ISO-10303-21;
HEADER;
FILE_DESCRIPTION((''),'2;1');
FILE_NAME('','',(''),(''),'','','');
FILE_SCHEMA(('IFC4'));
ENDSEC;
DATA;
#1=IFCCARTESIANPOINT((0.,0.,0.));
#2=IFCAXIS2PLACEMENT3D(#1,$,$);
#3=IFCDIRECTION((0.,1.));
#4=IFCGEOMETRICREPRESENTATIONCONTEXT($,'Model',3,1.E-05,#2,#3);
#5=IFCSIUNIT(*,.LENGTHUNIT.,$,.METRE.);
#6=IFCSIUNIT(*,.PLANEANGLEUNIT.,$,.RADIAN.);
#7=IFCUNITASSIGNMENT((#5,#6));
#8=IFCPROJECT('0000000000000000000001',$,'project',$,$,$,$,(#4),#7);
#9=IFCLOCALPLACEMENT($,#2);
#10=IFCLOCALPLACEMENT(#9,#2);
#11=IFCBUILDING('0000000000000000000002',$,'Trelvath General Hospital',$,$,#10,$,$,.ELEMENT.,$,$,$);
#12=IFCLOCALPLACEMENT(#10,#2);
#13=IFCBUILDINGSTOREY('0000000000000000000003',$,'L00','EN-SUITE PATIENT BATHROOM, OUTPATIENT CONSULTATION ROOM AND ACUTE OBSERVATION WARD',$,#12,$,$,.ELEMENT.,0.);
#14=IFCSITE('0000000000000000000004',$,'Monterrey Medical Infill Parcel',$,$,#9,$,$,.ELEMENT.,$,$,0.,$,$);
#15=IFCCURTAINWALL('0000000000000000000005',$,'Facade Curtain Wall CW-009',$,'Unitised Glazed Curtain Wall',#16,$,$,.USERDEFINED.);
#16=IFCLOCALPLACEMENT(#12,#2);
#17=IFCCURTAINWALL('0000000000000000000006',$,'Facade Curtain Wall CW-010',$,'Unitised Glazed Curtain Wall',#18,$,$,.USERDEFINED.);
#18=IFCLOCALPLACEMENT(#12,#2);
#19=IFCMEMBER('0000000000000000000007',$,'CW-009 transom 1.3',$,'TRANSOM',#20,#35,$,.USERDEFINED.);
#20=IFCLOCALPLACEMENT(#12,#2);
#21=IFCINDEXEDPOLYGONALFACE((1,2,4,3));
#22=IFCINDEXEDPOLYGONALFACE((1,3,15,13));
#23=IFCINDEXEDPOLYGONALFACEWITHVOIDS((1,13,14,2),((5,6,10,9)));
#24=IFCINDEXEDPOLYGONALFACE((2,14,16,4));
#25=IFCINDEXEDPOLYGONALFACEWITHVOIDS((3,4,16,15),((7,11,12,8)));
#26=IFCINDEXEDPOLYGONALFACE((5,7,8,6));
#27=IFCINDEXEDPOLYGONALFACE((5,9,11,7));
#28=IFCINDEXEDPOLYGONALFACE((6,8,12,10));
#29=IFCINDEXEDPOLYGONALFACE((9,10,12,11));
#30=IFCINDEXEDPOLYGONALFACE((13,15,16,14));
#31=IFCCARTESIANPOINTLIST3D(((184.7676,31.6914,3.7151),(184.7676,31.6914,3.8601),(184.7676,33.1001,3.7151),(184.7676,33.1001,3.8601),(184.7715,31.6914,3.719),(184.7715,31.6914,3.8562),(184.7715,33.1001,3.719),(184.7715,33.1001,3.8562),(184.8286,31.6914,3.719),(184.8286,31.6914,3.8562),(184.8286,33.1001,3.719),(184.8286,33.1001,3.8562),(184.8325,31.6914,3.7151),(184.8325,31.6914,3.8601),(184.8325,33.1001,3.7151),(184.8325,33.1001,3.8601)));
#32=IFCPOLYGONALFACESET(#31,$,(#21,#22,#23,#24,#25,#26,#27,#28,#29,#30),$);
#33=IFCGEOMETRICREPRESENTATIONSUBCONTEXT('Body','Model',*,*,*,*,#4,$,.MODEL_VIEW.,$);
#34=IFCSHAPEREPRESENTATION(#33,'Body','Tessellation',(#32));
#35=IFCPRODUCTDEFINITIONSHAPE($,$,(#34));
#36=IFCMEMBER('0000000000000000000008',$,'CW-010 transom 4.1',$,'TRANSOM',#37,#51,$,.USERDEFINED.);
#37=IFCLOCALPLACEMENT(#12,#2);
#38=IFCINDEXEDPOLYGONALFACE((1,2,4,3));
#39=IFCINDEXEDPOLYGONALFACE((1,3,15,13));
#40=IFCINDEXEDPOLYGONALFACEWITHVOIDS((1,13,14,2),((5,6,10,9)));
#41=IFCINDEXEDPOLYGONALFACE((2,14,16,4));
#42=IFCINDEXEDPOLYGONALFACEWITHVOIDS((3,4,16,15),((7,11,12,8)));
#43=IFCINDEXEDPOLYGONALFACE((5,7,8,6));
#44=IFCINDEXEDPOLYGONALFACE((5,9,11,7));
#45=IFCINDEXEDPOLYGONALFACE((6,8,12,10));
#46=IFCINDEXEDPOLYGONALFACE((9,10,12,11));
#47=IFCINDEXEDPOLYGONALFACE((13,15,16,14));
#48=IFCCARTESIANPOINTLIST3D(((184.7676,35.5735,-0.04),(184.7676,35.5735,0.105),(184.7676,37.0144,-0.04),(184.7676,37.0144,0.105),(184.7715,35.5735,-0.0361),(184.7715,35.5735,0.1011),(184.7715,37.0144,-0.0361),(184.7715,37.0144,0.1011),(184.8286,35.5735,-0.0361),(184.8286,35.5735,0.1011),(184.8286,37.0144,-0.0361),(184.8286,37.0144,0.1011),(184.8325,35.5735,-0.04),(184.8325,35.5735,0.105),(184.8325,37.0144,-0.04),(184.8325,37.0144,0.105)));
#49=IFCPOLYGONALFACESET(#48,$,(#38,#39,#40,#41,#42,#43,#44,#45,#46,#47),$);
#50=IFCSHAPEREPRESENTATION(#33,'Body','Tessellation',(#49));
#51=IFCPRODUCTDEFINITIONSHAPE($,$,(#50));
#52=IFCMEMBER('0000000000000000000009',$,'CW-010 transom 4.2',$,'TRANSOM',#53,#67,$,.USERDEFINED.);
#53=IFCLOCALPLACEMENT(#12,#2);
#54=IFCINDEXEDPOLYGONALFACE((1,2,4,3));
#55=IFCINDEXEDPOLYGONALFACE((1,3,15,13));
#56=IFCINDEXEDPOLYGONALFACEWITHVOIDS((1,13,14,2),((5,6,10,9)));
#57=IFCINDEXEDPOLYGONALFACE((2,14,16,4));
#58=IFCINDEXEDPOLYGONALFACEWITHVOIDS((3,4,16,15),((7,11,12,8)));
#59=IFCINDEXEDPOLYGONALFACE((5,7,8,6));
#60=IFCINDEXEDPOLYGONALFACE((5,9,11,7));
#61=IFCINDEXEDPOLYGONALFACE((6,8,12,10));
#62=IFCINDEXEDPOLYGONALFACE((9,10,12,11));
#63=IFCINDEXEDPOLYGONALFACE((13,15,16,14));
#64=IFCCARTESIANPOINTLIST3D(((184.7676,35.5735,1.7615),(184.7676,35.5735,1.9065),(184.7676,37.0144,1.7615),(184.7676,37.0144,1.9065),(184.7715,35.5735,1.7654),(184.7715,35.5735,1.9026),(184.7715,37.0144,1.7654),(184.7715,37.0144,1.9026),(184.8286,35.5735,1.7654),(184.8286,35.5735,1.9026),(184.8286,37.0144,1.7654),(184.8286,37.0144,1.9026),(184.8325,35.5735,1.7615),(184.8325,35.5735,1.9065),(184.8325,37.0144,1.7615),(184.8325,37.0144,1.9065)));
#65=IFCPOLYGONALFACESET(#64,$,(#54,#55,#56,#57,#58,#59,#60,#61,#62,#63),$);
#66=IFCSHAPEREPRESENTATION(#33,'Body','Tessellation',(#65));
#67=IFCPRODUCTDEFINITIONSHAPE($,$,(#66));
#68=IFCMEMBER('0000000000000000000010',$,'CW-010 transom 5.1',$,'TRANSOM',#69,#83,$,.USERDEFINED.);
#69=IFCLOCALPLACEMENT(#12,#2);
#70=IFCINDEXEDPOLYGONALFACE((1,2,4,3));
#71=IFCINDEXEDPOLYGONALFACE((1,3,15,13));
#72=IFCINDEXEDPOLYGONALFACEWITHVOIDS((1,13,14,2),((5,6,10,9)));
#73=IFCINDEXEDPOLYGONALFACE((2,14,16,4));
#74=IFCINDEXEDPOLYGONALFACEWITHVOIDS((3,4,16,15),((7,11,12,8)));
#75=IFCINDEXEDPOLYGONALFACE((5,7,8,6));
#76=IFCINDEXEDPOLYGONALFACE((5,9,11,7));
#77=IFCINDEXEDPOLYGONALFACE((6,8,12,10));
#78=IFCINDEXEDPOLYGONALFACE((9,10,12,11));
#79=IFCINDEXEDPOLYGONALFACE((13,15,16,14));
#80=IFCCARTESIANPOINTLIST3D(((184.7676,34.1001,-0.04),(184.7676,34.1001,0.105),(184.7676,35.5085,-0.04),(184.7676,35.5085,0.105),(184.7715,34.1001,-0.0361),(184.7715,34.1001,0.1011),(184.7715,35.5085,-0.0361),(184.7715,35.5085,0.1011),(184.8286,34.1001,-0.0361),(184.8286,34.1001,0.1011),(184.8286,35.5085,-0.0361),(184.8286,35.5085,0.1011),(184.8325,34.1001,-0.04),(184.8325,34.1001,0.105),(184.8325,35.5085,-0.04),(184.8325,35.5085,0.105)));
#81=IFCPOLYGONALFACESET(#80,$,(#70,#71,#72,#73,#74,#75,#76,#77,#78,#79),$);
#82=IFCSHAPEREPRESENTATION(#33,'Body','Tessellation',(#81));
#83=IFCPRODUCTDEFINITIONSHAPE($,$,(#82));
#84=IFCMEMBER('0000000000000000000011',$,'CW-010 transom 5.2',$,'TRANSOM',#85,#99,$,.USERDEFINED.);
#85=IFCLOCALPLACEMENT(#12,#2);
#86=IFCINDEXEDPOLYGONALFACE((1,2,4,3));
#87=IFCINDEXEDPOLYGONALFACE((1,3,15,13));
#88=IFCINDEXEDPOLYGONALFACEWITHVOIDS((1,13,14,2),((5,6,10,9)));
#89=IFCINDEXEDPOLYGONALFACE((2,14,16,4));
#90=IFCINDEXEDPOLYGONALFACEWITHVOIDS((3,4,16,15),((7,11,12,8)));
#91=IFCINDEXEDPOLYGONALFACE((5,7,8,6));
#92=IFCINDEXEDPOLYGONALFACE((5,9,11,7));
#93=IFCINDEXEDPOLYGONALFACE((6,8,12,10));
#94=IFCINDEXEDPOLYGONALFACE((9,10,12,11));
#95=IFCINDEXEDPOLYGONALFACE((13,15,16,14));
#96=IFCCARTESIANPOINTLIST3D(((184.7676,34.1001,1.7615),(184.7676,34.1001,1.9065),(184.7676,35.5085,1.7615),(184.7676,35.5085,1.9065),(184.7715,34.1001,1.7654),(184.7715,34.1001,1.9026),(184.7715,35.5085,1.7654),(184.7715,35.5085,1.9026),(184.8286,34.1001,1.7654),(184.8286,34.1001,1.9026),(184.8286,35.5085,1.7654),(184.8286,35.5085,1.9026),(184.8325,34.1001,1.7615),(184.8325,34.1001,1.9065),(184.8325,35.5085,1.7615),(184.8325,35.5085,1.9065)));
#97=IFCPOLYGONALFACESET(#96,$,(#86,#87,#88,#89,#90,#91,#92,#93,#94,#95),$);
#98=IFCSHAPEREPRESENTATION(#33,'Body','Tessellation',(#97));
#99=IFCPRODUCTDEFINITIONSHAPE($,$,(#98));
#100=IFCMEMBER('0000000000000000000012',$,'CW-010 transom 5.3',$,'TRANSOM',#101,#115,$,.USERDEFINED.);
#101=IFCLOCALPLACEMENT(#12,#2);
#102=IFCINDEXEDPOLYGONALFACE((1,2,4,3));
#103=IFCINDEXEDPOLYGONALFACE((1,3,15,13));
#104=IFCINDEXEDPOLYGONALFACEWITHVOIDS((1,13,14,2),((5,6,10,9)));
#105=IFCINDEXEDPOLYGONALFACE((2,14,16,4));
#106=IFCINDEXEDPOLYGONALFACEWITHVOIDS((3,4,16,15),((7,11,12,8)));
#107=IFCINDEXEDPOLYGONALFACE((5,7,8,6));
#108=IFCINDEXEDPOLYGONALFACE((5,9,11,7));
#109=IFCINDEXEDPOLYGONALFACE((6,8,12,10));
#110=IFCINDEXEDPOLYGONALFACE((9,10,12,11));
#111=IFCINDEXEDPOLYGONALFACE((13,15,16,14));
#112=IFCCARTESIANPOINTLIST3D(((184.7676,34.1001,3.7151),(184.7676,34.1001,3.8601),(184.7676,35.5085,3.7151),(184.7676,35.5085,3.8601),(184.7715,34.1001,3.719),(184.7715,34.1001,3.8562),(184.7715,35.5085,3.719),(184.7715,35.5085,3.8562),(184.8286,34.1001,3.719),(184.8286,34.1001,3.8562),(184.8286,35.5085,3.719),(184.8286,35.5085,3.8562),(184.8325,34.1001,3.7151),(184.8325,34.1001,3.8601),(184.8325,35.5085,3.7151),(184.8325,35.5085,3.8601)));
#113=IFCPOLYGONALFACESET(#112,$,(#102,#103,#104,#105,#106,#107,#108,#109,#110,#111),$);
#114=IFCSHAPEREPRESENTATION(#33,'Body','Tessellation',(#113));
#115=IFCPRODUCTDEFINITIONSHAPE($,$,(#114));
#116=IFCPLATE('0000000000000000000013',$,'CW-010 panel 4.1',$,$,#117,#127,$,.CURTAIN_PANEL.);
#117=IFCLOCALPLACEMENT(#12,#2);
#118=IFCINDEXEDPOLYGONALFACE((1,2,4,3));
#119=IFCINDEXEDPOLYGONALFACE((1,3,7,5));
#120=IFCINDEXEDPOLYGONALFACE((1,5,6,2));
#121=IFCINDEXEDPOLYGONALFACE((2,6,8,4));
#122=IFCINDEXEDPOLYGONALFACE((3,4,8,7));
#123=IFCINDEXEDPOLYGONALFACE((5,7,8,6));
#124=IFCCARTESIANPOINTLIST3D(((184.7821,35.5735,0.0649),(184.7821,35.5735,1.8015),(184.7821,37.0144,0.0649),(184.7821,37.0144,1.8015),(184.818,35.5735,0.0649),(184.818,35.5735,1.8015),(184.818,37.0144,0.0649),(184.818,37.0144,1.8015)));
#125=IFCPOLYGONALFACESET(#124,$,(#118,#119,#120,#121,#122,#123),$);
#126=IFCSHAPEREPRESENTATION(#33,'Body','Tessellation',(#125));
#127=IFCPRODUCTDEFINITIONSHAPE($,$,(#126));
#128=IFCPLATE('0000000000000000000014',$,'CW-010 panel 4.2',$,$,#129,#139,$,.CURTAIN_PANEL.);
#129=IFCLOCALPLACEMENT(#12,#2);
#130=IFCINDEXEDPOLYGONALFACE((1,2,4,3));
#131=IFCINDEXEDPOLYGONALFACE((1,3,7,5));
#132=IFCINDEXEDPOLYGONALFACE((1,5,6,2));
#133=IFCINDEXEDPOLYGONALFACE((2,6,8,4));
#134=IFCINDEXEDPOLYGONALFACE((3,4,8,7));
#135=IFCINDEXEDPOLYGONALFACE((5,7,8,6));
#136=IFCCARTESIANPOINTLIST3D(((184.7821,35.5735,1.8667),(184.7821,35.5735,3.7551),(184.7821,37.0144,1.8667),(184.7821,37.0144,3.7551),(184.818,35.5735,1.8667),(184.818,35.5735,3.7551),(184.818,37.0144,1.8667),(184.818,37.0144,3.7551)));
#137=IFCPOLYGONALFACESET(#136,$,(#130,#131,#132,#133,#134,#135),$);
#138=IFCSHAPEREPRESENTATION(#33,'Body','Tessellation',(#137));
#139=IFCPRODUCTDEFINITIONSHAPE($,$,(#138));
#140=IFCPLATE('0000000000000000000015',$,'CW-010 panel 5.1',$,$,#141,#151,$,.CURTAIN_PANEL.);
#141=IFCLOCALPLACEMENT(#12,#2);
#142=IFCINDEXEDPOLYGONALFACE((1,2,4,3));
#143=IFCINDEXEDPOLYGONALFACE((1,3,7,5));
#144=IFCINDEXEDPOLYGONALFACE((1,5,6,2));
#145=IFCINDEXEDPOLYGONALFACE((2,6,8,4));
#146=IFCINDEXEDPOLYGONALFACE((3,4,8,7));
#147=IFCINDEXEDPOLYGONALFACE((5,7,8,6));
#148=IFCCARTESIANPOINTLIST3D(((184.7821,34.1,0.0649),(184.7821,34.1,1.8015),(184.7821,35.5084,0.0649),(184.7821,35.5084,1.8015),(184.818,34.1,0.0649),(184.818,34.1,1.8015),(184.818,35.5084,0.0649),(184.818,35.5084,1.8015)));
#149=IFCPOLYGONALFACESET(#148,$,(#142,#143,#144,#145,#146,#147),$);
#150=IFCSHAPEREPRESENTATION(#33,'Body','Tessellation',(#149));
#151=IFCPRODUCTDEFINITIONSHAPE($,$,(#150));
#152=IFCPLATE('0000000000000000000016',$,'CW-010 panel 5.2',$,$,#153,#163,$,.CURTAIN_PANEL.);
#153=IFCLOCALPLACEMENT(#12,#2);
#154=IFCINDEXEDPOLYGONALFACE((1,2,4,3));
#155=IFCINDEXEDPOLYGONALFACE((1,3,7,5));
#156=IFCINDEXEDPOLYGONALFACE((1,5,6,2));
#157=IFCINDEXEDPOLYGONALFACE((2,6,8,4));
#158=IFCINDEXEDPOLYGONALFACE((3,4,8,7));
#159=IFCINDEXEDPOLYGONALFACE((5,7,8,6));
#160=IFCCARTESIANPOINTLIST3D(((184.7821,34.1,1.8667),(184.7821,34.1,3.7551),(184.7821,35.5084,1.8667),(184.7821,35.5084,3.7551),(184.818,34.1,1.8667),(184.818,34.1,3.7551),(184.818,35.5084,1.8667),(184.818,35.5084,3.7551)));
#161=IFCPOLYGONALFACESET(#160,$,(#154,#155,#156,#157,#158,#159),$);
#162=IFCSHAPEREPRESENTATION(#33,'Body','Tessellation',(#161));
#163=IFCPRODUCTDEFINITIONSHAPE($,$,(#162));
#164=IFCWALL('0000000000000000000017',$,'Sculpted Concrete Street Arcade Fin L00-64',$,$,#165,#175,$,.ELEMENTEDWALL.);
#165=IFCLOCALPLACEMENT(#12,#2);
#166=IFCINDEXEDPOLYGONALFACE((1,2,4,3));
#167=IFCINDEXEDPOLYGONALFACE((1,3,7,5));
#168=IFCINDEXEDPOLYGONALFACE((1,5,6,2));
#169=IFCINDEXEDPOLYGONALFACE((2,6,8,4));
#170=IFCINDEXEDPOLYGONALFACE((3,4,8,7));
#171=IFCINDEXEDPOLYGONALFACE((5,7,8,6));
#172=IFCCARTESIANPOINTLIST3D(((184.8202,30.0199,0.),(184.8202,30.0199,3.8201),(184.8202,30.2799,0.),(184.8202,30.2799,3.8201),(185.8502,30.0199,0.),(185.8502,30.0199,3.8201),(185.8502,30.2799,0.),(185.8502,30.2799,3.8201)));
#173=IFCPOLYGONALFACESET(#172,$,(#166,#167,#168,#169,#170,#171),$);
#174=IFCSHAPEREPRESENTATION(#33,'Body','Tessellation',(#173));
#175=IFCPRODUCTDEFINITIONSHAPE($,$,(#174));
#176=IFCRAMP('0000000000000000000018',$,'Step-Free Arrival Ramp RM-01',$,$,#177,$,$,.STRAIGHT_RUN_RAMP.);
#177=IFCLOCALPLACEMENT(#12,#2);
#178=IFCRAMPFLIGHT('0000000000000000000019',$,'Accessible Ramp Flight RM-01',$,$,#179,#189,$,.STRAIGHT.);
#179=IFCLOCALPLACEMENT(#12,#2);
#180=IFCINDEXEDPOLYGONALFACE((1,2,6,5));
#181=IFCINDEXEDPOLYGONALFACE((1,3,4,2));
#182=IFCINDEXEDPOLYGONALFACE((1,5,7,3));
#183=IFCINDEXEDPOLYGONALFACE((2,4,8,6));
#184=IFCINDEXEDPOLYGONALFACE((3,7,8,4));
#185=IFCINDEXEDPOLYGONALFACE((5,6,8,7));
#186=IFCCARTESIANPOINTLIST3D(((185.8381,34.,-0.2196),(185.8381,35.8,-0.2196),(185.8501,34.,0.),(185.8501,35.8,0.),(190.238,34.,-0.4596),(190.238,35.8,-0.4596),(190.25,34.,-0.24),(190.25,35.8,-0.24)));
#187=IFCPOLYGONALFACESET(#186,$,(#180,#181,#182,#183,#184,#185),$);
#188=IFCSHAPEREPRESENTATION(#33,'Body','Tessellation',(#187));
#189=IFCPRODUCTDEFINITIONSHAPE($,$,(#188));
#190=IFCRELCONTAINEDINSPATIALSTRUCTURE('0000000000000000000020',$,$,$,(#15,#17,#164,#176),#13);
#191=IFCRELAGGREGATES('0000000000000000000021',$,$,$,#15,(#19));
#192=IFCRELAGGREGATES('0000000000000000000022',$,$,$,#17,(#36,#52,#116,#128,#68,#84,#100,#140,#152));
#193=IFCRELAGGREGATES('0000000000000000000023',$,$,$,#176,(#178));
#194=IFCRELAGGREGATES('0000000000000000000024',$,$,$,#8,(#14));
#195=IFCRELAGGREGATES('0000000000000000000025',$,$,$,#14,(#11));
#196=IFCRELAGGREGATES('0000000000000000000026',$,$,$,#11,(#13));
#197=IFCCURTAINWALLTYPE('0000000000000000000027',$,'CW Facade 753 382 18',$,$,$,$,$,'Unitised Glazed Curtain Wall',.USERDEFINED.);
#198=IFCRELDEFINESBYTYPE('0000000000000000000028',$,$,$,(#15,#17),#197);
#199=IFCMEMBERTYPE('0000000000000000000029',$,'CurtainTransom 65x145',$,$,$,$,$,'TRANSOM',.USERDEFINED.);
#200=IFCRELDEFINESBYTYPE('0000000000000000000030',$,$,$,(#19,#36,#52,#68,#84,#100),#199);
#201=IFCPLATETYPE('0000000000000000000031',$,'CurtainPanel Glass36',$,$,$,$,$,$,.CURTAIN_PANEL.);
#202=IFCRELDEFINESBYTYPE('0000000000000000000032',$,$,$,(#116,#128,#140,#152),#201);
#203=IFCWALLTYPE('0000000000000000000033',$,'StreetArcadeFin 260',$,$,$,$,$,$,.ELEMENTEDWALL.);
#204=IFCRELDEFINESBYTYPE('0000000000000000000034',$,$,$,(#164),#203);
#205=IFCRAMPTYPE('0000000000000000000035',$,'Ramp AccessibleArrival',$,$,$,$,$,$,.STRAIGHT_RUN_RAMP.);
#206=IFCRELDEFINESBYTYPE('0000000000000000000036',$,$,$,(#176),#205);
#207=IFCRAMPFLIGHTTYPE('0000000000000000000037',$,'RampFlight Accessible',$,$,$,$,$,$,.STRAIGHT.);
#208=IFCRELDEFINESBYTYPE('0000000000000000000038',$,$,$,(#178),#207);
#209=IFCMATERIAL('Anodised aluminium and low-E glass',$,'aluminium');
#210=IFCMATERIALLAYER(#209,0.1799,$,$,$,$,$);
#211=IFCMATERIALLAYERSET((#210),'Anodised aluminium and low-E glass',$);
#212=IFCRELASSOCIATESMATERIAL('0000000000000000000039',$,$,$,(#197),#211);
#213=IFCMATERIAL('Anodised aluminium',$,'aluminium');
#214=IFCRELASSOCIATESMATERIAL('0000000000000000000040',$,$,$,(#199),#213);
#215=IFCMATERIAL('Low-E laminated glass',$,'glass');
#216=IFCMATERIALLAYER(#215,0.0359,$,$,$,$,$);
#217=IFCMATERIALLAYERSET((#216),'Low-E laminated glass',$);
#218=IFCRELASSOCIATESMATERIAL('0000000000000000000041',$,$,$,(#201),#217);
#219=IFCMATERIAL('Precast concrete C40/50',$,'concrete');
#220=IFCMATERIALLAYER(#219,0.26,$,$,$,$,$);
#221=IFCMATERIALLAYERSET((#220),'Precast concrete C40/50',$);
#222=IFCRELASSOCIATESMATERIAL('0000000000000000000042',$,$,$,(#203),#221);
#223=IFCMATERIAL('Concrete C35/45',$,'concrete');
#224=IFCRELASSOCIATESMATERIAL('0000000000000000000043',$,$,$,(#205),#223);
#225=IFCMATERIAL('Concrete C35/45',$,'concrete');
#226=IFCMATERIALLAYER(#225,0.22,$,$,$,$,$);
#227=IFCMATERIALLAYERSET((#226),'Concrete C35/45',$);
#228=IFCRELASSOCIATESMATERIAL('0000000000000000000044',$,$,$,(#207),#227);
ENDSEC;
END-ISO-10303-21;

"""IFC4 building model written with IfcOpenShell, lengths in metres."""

from ifc_helpers import new_model, si_unit, direction, frame, frame_2d, origin, origin_2d, place, context, subcontext, project, spatial, polyline, rectangle, hollow_rectangle, outline, extrude, material, layer, layer_set, material_profile, profile_set, type_object, element, aggregate, save


model = new_model("IFC4")

# Units and contexts
model_context = context("Model", 3, precision=1e-05, world=origin(), true_north=direction((0.0, 1.0)))
body_context = subcontext(model_context, "Body", "Model", "MODEL_VIEW")
ifc_project = project(units=[si_unit("LENGTHUNIT", "METRE"), si_unit("PLANEANGLEUNIT", "RADIAN")], contexts=[model_context])

# Site, building, storey
site_placement = place(None, origin())
site = spatial("IfcSite", under=ifc_project, at=site_placement, Name="Monterrey Medical Infill Parcel", CompositionType="ELEMENT", RefElevation=0.0)
building_placement = place(site_placement, origin())
building = spatial("IfcBuilding", under=site, at=building_placement, Name="Trelvath General Hospital", CompositionType="ELEMENT")
storey_placement = place(building_placement, origin())
storey = spatial("IfcBuildingStorey", under=building, at=storey_placement, Name="L00", Description="EN-SUITE PATIENT BATHROOM, OUTPATIENT CONSULTATION ROOM AND ACUTE OBSERVATION WARD", CompositionType="ELEMENT", Elevation=0.0)

# Curtain wall
ifc_material_1 = material(Name="Anodised aluminium and low-E glass", Category="aluminium")
ifc_layer_1 = layer(ifc_material_1, 0.1799)
ifc_layer_set_1 = layer_set([ifc_layer_1], Name="Anodised aluminium and low-E glass")
curtain_wall_type = type_object("IfcCurtainWallType", Name="CW Facade 753 382 18", ElementType="Unitised Glazed Curtain Wall", PredefinedType="USERDEFINED", material=ifc_layer_set_1)
curtain_wall_1_placement = place(storey_placement, origin())
curtain_wall_1 = element("IfcCurtainWall", 1, at=curtain_wall_1_placement, inside=storey, type_object=curtain_wall_type, Name="Facade Curtain Wall CW-009", ObjectType="Unitised Glazed Curtain Wall", PredefinedType="USERDEFINED")

# Curtain wall
curtain_wall_2_placement = place(storey_placement, origin())
curtain_wall_2 = element("IfcCurtainWall", 2, at=curtain_wall_2_placement, inside=storey, type_object=curtain_wall_type, Name="Facade Curtain Wall CW-010", ObjectType="Unitised Glazed Curtain Wall", PredefinedType="USERDEFINED")

# Members
ifc_material_2 = material(Name="Anodised aluminium", Category="aluminium")
ifc_material_profile_1 = material_profile(ifc_material_2, hollow_rectangle(XDim=0.0649, YDim=0.145, WallThickness=0.0039, at=origin_2d()), Name="RHS65x145x4")
ifc_profile_set_1 = profile_set([ifc_material_profile_1], Name="Anodised aluminium")
member_type_1 = type_object("IfcMemberType", Name="CurtainTransom 65x145", ElementType="TRANSOM", PredefinedType="USERDEFINED", material=ifc_profile_set_1)
member_1_placement = place(storey_placement, frame((184.8, 33.1001, 3.7876), z_axis=(0.0, -1.0, 0.0), x_axis=(1.0, 0.0, 0.0)))
member_1 = element("IfcMember", 3, at=member_1_placement, type_object=member_type_1, Name="CW-009 transom 1.3", ObjectType="TRANSOM", PredefinedType="USERDEFINED", context=body_context, shape_type="SweptSolid", body=[
    extrude(hollow_rectangle(XDim=0.0649, YDim=0.145, WallThickness=0.0039, at=origin_2d()), origin(), (0.0, 0.0, 1.0), 1.4087),
])
aggregate(curtain_wall_1, [member_1])
member_2_placement = place(storey_placement, frame((184.8, 37.0144, 0.0325), z_axis=(0.0, -1.0, 0.0), x_axis=(1.0, 0.0, 0.0)))
member_2 = element("IfcMember", 4, at=member_2_placement, type_object=member_type_1, Name="CW-010 transom 4.1", ObjectType="TRANSOM", PredefinedType="USERDEFINED", context=body_context, shape_type="SweptSolid", body=[
    extrude(hollow_rectangle(XDim=0.0649, YDim=0.145, WallThickness=0.0039, at=origin_2d()), origin(), (0.0, 0.0, 1.0), 1.4409),
])
member_3_placement = place(storey_placement, frame((184.8, 37.0144, 1.834), z_axis=(0.0, -1.0, 0.0), x_axis=(1.0, 0.0, 0.0)))
member_3 = element("IfcMember", 5, at=member_3_placement, type_object=member_type_1, Name="CW-010 transom 4.2", ObjectType="TRANSOM", PredefinedType="USERDEFINED", context=body_context, shape_type="SweptSolid", body=[
    extrude(hollow_rectangle(XDim=0.0649, YDim=0.145, WallThickness=0.0039, at=origin_2d()), origin(), (0.0, 0.0, 1.0), 1.4409),
])
member_4_placement = place(storey_placement, frame((184.8, 35.5085, 0.0325), z_axis=(0.0, -1.0, 0.0), x_axis=(1.0, 0.0, 0.0)))
member_4 = element("IfcMember", 6, at=member_4_placement, type_object=member_type_1, Name="CW-010 transom 5.1", ObjectType="TRANSOM", PredefinedType="USERDEFINED", context=body_context, shape_type="SweptSolid", body=[
    extrude(hollow_rectangle(XDim=0.0649, YDim=0.145, WallThickness=0.0039, at=origin_2d()), origin(), (0.0, 0.0, 1.0), 1.4084),
])
member_5_placement = place(storey_placement, frame((184.8, 35.5085, 1.834), z_axis=(0.0, -1.0, 0.0), x_axis=(1.0, 0.0, 0.0)))
member_5 = element("IfcMember", 7, at=member_5_placement, type_object=member_type_1, Name="CW-010 transom 5.2", ObjectType="TRANSOM", PredefinedType="USERDEFINED", context=body_context, shape_type="SweptSolid", body=[
    extrude(hollow_rectangle(XDim=0.0649, YDim=0.145, WallThickness=0.0039, at=origin_2d()), origin(), (0.0, 0.0, 1.0), 1.4084),
])
member_6_placement = place(storey_placement, frame((184.8, 35.5085, 3.7876), z_axis=(0.0, -1.0, 0.0), x_axis=(1.0, 0.0, 0.0)))
member_6 = element("IfcMember", 8, at=member_6_placement, type_object=member_type_1, Name="CW-010 transom 5.3", ObjectType="TRANSOM", PredefinedType="USERDEFINED", context=body_context, shape_type="SweptSolid", body=[
    extrude(hollow_rectangle(XDim=0.0649, YDim=0.145, WallThickness=0.0039, at=origin_2d()), origin(), (0.0, 0.0, 1.0), 1.4084),
])

# Plates
ifc_material_3 = material(Name="Low-E laminated glass", Category="glass")
ifc_layer_2 = layer(ifc_material_3, 0.0359)
ifc_layer_set_2 = layer_set([ifc_layer_2], Name="Low-E laminated glass")
plate_type = type_object("IfcPlateType", Name="CurtainPanel Glass36", PredefinedType="CURTAIN_PANEL", material=ifc_layer_set_2)
plate_1_placement = place(storey_placement, frame((184.8, 36.2939, 0.0649), z_axis=(0.0, 0.0, 1.0), x_axis=(0.0, -1.0, 0.0)))
plate_1 = element("IfcPlate", 9, at=plate_1_placement, type_object=plate_type, Name="CW-010 panel 4.1", PredefinedType="CURTAIN_PANEL", context=body_context, shape_type="SweptSolid", body=[
    extrude(rectangle(XDim=1.4409, YDim=0.0359, at=origin_2d()), origin(), (0.0, 0.0, 1.0), 1.7366),
])
plate_2_placement = place(storey_placement, frame((184.8, 36.2939, 1.8667), z_axis=(0.0, 0.0, 1.0), x_axis=(0.0, -1.0, 0.0)))
plate_2 = element("IfcPlate", 10, at=plate_2_placement, type_object=plate_type, Name="CW-010 panel 4.2", PredefinedType="CURTAIN_PANEL", context=body_context, shape_type="SweptSolid", body=[
    extrude(rectangle(XDim=1.4409, YDim=0.0359, at=origin_2d()), origin(), (0.0, 0.0, 1.0), 1.8884),
])
plate_3_placement = place(storey_placement, frame((184.8, 34.8042, 0.0649), z_axis=(0.0, 0.0, 1.0), x_axis=(0.0, -1.0, 0.0)))
plate_3 = element("IfcPlate", 11, at=plate_3_placement, type_object=plate_type, Name="CW-010 panel 5.1", PredefinedType="CURTAIN_PANEL", context=body_context, shape_type="SweptSolid", body=[
    extrude(rectangle(XDim=1.4084, YDim=0.0359, at=origin_2d()), origin(), (0.0, 0.0, 1.0), 1.7366),
])
plate_4_placement = place(storey_placement, frame((184.8, 34.8042, 1.8667), z_axis=(0.0, 0.0, 1.0), x_axis=(0.0, -1.0, 0.0)))
plate_4 = element("IfcPlate", 12, at=plate_4_placement, type_object=plate_type, Name="CW-010 panel 5.2", PredefinedType="CURTAIN_PANEL", context=body_context, shape_type="SweptSolid", body=[
    extrude(rectangle(XDim=1.4084, YDim=0.0359, at=origin_2d()), origin(), (0.0, 0.0, 1.0), 1.8884),
])
aggregate(curtain_wall_2, [member_2, member_3, plate_1, plate_2, member_4, member_5, member_6, plate_3, plate_4])

# Wall
ifc_material_4 = material(Name="Precast concrete C40/50", Category="concrete")
ifc_layer_3 = layer(ifc_material_4, 0.26)
ifc_layer_set_3 = layer_set([ifc_layer_3], Name="Precast concrete C40/50")
wall_type = type_object("IfcWallType", Name="StreetArcadeFin 260", PredefinedType="ELEMENTEDWALL", material=ifc_layer_set_3)
wall_placement = place(storey_placement, frame((184.8201, 30.1499, 0.0), z_axis=(0.0, 0.0, 1.0), x_axis=(1.0, 0.0, 0.0)))
element("IfcWall", 13, at=wall_placement, inside=storey, type_object=wall_type, Name="Sculpted Concrete Street Arcade Fin L00-64", PredefinedType="ELEMENTEDWALL", context=body_context, shape_type="SweptSolid", body=[
    extrude(rectangle(XDim=1.03, YDim=0.26, at=frame_2d((0.5151, 0.0))), origin(), (0.0, 0.0, 1.0), 3.8201),
])

# Ramp, ramp flight
ifc_material_5 = material(Name="Concrete C35/45", Category="concrete")
ramp_type = type_object("IfcRampType", Name="Ramp AccessibleArrival", PredefinedType="STRAIGHT_RUN_RAMP", material=ifc_material_5)
ramp_placement = place(storey_placement, origin())
ramp = element("IfcRamp", 14, at=ramp_placement, inside=storey, type_object=ramp_type, Name="Step-Free Arrival Ramp RM-01", PredefinedType="STRAIGHT_RUN_RAMP")
ifc_material_6 = material(Name="Concrete C35/45", Category="concrete")
ifc_layer_4 = layer(ifc_material_6, 0.22)
ifc_layer_set_4 = layer_set([ifc_layer_4], Name="Concrete C35/45")
ramp_flight_type = type_object("IfcRampFlightType", Name="RampFlight Accessible", PredefinedType="STRAIGHT", material=ifc_layer_set_4)
ramp_flight_placement = place(storey_placement, frame((185.8501, 34.0, 0.0), z_axis=(0.054463, 0.0, 0.998516), x_axis=(0.998516, 0.0, -0.054463)))
ramp_flight = element("IfcRampFlight", 15, at=ramp_flight_placement, type_object=ramp_flight_type, Name="Accessible Ramp Flight RM-01", PredefinedType="STRAIGHT", context=body_context, shape_type="SweptSolid", body=[
    extrude(outline(polyline([(0.0, 0.0), (4.4064, 0.0), (4.4064, 1.8), (0.0, 1.8), (0.0, 0.0)])), origin(), (0.0, 0.0, -1.0), 0.22),
])
aggregate(ramp, [ramp_flight])

save(model, "model.ifc")
